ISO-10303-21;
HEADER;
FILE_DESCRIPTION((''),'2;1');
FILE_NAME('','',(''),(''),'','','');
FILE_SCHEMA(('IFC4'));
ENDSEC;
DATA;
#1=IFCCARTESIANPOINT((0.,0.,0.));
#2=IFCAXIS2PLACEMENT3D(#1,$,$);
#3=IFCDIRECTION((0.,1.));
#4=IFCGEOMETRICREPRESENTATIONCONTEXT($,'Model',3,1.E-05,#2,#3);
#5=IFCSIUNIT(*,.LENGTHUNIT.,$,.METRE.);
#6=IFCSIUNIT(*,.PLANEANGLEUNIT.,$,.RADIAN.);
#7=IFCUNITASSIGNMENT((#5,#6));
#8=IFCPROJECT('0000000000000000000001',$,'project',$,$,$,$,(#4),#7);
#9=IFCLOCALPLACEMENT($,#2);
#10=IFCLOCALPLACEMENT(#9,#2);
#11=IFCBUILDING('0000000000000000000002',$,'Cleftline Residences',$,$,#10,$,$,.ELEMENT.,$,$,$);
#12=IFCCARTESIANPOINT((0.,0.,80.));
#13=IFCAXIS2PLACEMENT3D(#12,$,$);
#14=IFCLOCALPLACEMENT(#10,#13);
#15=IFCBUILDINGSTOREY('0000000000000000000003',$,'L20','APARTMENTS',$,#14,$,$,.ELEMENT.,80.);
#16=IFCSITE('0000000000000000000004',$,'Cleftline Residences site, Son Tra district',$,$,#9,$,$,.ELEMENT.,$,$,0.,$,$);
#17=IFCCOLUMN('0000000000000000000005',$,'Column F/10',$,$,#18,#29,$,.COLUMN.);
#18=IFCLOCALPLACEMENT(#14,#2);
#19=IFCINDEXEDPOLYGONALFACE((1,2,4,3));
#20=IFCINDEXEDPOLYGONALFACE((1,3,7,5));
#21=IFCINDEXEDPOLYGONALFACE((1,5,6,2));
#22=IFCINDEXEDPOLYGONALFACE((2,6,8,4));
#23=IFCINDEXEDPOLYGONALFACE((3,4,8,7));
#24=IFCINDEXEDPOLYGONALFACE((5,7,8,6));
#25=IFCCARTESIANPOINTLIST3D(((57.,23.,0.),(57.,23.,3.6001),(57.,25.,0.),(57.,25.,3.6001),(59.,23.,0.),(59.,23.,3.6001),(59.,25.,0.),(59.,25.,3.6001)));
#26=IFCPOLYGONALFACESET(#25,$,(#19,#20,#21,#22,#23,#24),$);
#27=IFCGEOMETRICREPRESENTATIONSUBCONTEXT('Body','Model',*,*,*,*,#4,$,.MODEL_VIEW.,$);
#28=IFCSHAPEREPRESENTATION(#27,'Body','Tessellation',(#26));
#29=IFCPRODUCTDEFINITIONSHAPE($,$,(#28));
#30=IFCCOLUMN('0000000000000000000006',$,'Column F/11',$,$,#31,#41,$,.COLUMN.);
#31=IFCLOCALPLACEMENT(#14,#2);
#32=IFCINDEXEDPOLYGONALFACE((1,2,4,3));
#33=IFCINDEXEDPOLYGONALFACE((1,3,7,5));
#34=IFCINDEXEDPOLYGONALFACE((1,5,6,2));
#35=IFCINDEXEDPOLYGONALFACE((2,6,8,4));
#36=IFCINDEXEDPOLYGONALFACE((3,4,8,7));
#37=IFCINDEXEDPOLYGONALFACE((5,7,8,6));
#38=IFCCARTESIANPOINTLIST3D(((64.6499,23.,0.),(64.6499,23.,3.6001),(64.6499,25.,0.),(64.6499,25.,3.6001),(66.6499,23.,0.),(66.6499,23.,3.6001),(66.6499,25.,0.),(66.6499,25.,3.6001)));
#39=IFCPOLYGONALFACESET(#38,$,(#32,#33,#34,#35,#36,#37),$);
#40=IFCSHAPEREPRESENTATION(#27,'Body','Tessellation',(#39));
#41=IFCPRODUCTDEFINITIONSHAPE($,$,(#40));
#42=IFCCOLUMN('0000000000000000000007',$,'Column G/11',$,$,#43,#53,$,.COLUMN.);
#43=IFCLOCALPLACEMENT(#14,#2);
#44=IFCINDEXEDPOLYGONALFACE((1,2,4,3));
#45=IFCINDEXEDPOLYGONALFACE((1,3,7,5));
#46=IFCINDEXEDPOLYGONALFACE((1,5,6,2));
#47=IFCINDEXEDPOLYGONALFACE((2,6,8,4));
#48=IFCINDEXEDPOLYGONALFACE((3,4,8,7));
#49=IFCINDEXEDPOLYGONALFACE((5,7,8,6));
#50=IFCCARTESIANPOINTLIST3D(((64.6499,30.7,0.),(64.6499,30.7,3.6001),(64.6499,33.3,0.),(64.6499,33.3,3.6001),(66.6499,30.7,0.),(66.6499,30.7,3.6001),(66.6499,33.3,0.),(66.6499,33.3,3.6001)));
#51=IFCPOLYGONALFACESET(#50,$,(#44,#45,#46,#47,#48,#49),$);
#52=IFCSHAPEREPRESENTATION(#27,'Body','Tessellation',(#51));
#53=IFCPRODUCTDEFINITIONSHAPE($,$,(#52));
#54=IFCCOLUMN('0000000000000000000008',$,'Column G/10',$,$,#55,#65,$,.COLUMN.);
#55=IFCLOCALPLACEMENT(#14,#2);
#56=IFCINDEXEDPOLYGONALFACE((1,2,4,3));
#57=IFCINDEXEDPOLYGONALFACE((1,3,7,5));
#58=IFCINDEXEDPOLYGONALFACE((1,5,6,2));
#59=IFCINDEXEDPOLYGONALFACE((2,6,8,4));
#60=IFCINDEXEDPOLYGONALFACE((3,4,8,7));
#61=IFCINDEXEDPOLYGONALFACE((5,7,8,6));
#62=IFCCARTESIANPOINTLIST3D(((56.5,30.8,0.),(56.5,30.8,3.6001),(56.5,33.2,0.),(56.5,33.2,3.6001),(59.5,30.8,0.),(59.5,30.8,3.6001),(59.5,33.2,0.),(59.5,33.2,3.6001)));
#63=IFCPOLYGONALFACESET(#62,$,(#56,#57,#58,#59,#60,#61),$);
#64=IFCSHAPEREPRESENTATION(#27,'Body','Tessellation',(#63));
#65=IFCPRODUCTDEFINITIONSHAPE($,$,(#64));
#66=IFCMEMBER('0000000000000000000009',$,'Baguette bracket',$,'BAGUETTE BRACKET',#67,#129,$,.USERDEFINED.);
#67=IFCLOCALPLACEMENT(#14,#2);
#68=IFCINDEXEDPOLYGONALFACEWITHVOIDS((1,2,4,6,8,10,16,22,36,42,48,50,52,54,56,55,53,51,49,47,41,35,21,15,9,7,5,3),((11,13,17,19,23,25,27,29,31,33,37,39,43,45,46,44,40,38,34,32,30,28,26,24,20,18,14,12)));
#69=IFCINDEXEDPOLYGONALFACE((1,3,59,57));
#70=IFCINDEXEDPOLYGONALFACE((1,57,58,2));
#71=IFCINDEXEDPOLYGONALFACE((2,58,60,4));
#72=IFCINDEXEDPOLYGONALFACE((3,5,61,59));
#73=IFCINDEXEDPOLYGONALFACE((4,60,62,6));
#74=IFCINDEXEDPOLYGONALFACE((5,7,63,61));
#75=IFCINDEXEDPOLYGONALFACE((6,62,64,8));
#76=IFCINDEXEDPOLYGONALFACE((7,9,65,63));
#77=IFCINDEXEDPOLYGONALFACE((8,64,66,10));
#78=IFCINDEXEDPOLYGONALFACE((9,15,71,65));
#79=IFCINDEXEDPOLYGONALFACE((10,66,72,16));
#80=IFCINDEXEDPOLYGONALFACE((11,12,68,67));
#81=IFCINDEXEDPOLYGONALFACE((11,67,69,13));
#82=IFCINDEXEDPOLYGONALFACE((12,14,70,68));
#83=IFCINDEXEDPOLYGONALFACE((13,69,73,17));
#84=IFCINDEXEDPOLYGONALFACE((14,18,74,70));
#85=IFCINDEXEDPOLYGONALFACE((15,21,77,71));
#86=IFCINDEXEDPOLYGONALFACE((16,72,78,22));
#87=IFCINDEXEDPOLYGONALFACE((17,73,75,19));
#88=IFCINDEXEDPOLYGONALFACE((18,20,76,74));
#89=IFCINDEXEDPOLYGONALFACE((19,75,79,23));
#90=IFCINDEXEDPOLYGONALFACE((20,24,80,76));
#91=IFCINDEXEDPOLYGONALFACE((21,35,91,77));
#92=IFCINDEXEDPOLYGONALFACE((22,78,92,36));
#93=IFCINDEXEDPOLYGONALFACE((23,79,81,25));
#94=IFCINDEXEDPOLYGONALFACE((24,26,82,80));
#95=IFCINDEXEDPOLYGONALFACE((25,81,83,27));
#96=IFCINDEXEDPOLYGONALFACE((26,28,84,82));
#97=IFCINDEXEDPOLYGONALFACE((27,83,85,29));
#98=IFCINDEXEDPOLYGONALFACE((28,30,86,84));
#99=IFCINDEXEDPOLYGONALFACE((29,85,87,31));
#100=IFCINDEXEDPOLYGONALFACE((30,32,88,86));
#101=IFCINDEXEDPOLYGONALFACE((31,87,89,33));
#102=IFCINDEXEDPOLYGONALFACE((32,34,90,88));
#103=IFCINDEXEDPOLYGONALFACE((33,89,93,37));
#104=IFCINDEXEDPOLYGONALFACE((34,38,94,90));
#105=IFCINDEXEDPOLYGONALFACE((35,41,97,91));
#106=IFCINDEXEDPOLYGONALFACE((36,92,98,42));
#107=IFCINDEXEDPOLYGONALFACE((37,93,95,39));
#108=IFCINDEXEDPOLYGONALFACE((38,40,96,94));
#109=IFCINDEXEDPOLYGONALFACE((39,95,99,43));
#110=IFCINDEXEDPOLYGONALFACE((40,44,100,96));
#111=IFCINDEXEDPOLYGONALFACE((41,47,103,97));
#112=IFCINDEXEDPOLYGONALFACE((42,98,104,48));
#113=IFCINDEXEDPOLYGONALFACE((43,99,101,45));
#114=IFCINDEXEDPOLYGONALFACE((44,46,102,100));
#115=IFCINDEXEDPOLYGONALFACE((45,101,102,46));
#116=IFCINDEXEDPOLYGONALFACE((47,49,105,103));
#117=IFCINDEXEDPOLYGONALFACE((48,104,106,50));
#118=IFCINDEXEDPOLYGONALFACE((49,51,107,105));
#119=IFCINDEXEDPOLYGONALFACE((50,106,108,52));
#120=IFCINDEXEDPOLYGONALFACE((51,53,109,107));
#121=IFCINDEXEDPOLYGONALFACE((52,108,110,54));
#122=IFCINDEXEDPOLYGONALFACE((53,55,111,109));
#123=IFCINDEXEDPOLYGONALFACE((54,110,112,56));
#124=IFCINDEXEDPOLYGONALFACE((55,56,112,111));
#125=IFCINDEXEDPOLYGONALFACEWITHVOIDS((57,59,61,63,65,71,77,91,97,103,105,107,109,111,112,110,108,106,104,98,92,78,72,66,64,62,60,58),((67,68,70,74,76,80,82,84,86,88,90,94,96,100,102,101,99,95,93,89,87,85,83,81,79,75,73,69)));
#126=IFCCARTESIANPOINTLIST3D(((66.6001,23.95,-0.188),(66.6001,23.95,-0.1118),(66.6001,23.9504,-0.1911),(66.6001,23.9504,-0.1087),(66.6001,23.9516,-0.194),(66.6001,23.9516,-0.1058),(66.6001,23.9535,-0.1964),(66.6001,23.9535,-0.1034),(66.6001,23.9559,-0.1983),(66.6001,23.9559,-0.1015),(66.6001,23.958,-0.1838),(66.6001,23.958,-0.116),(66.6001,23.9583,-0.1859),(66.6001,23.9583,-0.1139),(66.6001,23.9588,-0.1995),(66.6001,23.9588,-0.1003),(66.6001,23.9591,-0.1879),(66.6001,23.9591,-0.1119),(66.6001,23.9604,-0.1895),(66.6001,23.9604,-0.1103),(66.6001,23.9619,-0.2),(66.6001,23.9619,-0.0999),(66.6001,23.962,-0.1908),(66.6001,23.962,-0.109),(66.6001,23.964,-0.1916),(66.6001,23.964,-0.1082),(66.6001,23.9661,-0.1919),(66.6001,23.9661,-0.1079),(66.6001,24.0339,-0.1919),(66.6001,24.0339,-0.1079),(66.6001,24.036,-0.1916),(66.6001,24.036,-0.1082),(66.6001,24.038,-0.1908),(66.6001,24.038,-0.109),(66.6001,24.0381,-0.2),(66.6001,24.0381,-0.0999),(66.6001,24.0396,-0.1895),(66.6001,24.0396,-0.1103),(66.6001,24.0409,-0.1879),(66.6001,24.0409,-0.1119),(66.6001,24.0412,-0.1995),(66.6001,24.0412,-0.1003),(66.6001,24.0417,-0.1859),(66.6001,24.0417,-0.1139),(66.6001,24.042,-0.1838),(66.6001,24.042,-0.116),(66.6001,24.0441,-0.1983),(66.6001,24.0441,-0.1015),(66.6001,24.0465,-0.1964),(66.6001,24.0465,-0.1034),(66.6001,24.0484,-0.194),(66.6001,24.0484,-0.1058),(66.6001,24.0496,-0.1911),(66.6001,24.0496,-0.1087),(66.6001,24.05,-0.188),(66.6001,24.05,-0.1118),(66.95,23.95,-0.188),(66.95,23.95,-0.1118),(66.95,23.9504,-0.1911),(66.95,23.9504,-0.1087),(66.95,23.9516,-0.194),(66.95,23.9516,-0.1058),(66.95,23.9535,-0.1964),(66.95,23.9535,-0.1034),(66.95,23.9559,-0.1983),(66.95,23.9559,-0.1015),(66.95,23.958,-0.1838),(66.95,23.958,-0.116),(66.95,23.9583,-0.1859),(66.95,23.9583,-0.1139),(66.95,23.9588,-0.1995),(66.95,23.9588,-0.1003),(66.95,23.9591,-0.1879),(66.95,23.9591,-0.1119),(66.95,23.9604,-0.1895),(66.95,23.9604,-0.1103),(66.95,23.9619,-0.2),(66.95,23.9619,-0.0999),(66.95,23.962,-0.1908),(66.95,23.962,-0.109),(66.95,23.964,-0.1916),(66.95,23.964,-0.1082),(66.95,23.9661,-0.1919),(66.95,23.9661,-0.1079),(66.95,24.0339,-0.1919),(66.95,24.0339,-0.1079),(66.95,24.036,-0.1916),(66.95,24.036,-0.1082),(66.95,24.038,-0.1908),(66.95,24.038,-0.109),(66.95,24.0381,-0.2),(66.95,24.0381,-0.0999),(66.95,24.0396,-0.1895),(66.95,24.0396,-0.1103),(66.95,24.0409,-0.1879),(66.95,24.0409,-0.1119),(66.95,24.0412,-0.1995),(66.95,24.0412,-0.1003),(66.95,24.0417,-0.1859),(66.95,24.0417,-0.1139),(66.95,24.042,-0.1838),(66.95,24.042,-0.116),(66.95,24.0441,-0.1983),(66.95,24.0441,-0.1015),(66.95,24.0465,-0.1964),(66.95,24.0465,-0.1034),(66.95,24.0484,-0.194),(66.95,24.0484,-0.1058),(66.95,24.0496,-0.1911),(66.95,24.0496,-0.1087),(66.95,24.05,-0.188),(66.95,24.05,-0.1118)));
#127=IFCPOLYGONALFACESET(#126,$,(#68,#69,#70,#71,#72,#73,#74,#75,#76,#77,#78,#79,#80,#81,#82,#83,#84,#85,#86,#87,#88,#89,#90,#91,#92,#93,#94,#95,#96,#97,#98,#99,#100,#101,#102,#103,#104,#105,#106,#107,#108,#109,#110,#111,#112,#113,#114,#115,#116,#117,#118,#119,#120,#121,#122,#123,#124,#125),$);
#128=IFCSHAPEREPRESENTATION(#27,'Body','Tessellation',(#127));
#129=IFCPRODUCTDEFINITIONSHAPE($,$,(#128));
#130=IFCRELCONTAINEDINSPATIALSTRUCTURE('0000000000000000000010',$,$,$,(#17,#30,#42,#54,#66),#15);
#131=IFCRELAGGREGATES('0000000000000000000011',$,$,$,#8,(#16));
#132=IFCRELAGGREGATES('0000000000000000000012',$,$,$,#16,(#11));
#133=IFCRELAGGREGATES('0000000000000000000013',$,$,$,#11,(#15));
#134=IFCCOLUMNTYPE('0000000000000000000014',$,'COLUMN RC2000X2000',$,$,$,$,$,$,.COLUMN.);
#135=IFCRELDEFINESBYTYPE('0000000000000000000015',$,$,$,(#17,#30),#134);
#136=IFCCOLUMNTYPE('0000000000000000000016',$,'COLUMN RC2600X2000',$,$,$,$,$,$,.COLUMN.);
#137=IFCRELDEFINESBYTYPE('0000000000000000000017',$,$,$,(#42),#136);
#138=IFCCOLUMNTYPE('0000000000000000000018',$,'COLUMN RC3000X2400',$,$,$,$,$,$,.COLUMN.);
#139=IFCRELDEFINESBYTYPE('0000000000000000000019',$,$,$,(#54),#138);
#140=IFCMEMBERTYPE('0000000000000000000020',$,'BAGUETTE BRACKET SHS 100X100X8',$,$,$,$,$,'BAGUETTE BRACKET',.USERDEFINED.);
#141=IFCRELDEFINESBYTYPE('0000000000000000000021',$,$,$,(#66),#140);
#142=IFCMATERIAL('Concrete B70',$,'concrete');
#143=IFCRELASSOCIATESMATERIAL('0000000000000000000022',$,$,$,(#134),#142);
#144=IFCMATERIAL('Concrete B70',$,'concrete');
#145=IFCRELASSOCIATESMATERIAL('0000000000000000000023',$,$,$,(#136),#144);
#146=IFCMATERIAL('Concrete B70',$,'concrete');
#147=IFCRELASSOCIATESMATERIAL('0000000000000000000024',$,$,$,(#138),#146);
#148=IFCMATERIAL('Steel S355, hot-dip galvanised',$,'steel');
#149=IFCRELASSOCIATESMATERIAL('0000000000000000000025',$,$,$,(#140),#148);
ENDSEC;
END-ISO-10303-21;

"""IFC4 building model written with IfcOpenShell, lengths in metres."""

from ifc_helpers import new_model, si_unit, direction, frame, origin, origin_2d, place, context, subcontext, project, spatial, rectangle, hollow_rectangle, extrude, material, material_profile, profile_set, type_object, element, save


model = new_model("IFC4")

# Units and contexts
model_context = context("Model", 3, precision=1e-05, world=origin(), true_north=direction((0.0, 1.0)))
body_context = subcontext(model_context, "Body", "Model", "MODEL_VIEW")
ifc_project = project(units=[si_unit("LENGTHUNIT", "METRE"), si_unit("PLANEANGLEUNIT", "RADIAN")], contexts=[model_context])

# Site, building, storey
site_placement = place(None, origin())
site = spatial("IfcSite", under=ifc_project, at=site_placement, Name="Cleftline Residences site, Son Tra district", CompositionType="ELEMENT", RefElevation=0.0)
building_placement = place(site_placement, origin())
building = spatial("IfcBuilding", under=site, at=building_placement, Name="Cleftline Residences", CompositionType="ELEMENT")
storey_placement = place(building_placement, frame((0.0, 0.0, 80.0)))
storey = spatial("IfcBuildingStorey", under=building, at=storey_placement, Name="L20", Description="APARTMENTS", CompositionType="ELEMENT", Elevation=80.0)

# Columns
ifc_material_1 = material(Name="Concrete B70", Category="concrete")
ifc_material_profile_1 = material_profile(ifc_material_1, rectangle(XDim=2.0, YDim=2.0, at=origin_2d()))
ifc_profile_set_1 = profile_set([ifc_material_profile_1], Name="Concrete B70")
column_type_1 = type_object("IfcColumnType", Name="COLUMN RC2000X2000", PredefinedType="COLUMN", material=ifc_profile_set_1)
for number, where, z_axis, x_axis, name in (
    (1, (58.0, 24.0, 0.0), (0.0, 0.0, 1.0), (1.0, 0.0, 0.0), "Column F/10"),
    (2, (65.6499, 24.0, 0.0), (0.0, 0.0, 1.0), (1.0, 0.0, 0.0), "Column F/11"),
):
    element("IfcColumn", number, at=place(storey_placement, frame(where, z_axis=z_axis, x_axis=x_axis)), inside=storey, type_object=column_type_1, Name=name, PredefinedType="COLUMN", context=body_context, shape_type="SweptSolid", body=[
        extrude(rectangle(XDim=2.0, YDim=2.0, at=origin_2d()), origin(), (0.0, 0.0, 1.0), 3.6001),
    ])
ifc_material_2 = material(Name="Concrete B70", Category="concrete")
ifc_material_profile_2 = material_profile(ifc_material_2, rectangle(XDim=2.6001, YDim=2.0, at=origin_2d()))
ifc_profile_set_2 = profile_set([ifc_material_profile_2], Name="Concrete B70")
column_type_2 = type_object("IfcColumnType", Name="COLUMN RC2600X2000", PredefinedType="COLUMN", material=ifc_profile_set_2)
column_1_placement = place(storey_placement, frame((65.6499, 32.0, 0.0), z_axis=(0.0, 0.0, 1.0), x_axis=(0.0, 1.0, 0.0)))
element("IfcColumn", 3, at=column_1_placement, inside=storey, type_object=column_type_2, Name="Column G/11", PredefinedType="COLUMN", context=body_context, shape_type="SweptSolid", body=[
    extrude(rectangle(XDim=2.6001, YDim=2.0, at=origin_2d()), origin(), (0.0, 0.0, 1.0), 3.6001),
])
ifc_material_3 = material(Name="Concrete B70", Category="concrete")
ifc_material_profile_3 = material_profile(ifc_material_3, rectangle(XDim=3.0, YDim=2.3999, at=origin_2d()))
ifc_profile_set_3 = profile_set([ifc_material_profile_3], Name="Concrete B70")
column_type_3 = type_object("IfcColumnType", Name="COLUMN RC3000X2400", PredefinedType="COLUMN", material=ifc_profile_set_3)
column_2_placement = place(storey_placement, frame((58.0, 32.0, 0.0), z_axis=(0.0, 0.0, 1.0), x_axis=(1.0, 0.0, 0.0)))
element("IfcColumn", 4, at=column_2_placement, inside=storey, type_object=column_type_3, Name="Column G/10", PredefinedType="COLUMN", context=body_context, shape_type="SweptSolid", body=[
    extrude(rectangle(XDim=3.0, YDim=2.3999, at=origin_2d()), origin(), (0.0, 0.0, 1.0), 3.6001),
])

# Member
ifc_material_4 = material(Name="Steel S355, hot-dip galvanised", Category="steel")
ifc_material_profile_4 = material_profile(ifc_material_4, hollow_rectangle(XDim=0.1001, YDim=0.1001, WallThickness=0.0081, InnerFilletRadius=0.0081, OuterFilletRadius=0.012, at=origin_2d()))
ifc_profile_set_4 = profile_set([ifc_material_profile_4], Name="Steel S355, hot-dip galvanised")
member_type_1 = type_object("IfcMemberType", Name="BAGUETTE BRACKET SHS 100X100X8", ElementType="BAGUETTE BRACKET", PredefinedType="USERDEFINED", material=ifc_profile_set_4)
member_1_placement = place(storey_placement, frame((66.6001, 24.0, -0.1499), z_axis=(1.0, 0.0, 0.0), x_axis=(0.0, 1.0, 0.0)))
element("IfcMember", 5, at=member_1_placement, inside=storey, type_object=member_type_1, Name="Baguette bracket", ObjectType="BAGUETTE BRACKET", PredefinedType="USERDEFINED", context=body_context, shape_type="SweptSolid", body=[
    extrude(hollow_rectangle(XDim=0.1001, YDim=0.1001, WallThickness=0.0081, InnerFilletRadius=0.0081, OuterFilletRadius=0.012, at=origin_2d()), origin(), (0.0, 0.0, 1.0), 0.3499),
])

save(model, "model.ifc")
